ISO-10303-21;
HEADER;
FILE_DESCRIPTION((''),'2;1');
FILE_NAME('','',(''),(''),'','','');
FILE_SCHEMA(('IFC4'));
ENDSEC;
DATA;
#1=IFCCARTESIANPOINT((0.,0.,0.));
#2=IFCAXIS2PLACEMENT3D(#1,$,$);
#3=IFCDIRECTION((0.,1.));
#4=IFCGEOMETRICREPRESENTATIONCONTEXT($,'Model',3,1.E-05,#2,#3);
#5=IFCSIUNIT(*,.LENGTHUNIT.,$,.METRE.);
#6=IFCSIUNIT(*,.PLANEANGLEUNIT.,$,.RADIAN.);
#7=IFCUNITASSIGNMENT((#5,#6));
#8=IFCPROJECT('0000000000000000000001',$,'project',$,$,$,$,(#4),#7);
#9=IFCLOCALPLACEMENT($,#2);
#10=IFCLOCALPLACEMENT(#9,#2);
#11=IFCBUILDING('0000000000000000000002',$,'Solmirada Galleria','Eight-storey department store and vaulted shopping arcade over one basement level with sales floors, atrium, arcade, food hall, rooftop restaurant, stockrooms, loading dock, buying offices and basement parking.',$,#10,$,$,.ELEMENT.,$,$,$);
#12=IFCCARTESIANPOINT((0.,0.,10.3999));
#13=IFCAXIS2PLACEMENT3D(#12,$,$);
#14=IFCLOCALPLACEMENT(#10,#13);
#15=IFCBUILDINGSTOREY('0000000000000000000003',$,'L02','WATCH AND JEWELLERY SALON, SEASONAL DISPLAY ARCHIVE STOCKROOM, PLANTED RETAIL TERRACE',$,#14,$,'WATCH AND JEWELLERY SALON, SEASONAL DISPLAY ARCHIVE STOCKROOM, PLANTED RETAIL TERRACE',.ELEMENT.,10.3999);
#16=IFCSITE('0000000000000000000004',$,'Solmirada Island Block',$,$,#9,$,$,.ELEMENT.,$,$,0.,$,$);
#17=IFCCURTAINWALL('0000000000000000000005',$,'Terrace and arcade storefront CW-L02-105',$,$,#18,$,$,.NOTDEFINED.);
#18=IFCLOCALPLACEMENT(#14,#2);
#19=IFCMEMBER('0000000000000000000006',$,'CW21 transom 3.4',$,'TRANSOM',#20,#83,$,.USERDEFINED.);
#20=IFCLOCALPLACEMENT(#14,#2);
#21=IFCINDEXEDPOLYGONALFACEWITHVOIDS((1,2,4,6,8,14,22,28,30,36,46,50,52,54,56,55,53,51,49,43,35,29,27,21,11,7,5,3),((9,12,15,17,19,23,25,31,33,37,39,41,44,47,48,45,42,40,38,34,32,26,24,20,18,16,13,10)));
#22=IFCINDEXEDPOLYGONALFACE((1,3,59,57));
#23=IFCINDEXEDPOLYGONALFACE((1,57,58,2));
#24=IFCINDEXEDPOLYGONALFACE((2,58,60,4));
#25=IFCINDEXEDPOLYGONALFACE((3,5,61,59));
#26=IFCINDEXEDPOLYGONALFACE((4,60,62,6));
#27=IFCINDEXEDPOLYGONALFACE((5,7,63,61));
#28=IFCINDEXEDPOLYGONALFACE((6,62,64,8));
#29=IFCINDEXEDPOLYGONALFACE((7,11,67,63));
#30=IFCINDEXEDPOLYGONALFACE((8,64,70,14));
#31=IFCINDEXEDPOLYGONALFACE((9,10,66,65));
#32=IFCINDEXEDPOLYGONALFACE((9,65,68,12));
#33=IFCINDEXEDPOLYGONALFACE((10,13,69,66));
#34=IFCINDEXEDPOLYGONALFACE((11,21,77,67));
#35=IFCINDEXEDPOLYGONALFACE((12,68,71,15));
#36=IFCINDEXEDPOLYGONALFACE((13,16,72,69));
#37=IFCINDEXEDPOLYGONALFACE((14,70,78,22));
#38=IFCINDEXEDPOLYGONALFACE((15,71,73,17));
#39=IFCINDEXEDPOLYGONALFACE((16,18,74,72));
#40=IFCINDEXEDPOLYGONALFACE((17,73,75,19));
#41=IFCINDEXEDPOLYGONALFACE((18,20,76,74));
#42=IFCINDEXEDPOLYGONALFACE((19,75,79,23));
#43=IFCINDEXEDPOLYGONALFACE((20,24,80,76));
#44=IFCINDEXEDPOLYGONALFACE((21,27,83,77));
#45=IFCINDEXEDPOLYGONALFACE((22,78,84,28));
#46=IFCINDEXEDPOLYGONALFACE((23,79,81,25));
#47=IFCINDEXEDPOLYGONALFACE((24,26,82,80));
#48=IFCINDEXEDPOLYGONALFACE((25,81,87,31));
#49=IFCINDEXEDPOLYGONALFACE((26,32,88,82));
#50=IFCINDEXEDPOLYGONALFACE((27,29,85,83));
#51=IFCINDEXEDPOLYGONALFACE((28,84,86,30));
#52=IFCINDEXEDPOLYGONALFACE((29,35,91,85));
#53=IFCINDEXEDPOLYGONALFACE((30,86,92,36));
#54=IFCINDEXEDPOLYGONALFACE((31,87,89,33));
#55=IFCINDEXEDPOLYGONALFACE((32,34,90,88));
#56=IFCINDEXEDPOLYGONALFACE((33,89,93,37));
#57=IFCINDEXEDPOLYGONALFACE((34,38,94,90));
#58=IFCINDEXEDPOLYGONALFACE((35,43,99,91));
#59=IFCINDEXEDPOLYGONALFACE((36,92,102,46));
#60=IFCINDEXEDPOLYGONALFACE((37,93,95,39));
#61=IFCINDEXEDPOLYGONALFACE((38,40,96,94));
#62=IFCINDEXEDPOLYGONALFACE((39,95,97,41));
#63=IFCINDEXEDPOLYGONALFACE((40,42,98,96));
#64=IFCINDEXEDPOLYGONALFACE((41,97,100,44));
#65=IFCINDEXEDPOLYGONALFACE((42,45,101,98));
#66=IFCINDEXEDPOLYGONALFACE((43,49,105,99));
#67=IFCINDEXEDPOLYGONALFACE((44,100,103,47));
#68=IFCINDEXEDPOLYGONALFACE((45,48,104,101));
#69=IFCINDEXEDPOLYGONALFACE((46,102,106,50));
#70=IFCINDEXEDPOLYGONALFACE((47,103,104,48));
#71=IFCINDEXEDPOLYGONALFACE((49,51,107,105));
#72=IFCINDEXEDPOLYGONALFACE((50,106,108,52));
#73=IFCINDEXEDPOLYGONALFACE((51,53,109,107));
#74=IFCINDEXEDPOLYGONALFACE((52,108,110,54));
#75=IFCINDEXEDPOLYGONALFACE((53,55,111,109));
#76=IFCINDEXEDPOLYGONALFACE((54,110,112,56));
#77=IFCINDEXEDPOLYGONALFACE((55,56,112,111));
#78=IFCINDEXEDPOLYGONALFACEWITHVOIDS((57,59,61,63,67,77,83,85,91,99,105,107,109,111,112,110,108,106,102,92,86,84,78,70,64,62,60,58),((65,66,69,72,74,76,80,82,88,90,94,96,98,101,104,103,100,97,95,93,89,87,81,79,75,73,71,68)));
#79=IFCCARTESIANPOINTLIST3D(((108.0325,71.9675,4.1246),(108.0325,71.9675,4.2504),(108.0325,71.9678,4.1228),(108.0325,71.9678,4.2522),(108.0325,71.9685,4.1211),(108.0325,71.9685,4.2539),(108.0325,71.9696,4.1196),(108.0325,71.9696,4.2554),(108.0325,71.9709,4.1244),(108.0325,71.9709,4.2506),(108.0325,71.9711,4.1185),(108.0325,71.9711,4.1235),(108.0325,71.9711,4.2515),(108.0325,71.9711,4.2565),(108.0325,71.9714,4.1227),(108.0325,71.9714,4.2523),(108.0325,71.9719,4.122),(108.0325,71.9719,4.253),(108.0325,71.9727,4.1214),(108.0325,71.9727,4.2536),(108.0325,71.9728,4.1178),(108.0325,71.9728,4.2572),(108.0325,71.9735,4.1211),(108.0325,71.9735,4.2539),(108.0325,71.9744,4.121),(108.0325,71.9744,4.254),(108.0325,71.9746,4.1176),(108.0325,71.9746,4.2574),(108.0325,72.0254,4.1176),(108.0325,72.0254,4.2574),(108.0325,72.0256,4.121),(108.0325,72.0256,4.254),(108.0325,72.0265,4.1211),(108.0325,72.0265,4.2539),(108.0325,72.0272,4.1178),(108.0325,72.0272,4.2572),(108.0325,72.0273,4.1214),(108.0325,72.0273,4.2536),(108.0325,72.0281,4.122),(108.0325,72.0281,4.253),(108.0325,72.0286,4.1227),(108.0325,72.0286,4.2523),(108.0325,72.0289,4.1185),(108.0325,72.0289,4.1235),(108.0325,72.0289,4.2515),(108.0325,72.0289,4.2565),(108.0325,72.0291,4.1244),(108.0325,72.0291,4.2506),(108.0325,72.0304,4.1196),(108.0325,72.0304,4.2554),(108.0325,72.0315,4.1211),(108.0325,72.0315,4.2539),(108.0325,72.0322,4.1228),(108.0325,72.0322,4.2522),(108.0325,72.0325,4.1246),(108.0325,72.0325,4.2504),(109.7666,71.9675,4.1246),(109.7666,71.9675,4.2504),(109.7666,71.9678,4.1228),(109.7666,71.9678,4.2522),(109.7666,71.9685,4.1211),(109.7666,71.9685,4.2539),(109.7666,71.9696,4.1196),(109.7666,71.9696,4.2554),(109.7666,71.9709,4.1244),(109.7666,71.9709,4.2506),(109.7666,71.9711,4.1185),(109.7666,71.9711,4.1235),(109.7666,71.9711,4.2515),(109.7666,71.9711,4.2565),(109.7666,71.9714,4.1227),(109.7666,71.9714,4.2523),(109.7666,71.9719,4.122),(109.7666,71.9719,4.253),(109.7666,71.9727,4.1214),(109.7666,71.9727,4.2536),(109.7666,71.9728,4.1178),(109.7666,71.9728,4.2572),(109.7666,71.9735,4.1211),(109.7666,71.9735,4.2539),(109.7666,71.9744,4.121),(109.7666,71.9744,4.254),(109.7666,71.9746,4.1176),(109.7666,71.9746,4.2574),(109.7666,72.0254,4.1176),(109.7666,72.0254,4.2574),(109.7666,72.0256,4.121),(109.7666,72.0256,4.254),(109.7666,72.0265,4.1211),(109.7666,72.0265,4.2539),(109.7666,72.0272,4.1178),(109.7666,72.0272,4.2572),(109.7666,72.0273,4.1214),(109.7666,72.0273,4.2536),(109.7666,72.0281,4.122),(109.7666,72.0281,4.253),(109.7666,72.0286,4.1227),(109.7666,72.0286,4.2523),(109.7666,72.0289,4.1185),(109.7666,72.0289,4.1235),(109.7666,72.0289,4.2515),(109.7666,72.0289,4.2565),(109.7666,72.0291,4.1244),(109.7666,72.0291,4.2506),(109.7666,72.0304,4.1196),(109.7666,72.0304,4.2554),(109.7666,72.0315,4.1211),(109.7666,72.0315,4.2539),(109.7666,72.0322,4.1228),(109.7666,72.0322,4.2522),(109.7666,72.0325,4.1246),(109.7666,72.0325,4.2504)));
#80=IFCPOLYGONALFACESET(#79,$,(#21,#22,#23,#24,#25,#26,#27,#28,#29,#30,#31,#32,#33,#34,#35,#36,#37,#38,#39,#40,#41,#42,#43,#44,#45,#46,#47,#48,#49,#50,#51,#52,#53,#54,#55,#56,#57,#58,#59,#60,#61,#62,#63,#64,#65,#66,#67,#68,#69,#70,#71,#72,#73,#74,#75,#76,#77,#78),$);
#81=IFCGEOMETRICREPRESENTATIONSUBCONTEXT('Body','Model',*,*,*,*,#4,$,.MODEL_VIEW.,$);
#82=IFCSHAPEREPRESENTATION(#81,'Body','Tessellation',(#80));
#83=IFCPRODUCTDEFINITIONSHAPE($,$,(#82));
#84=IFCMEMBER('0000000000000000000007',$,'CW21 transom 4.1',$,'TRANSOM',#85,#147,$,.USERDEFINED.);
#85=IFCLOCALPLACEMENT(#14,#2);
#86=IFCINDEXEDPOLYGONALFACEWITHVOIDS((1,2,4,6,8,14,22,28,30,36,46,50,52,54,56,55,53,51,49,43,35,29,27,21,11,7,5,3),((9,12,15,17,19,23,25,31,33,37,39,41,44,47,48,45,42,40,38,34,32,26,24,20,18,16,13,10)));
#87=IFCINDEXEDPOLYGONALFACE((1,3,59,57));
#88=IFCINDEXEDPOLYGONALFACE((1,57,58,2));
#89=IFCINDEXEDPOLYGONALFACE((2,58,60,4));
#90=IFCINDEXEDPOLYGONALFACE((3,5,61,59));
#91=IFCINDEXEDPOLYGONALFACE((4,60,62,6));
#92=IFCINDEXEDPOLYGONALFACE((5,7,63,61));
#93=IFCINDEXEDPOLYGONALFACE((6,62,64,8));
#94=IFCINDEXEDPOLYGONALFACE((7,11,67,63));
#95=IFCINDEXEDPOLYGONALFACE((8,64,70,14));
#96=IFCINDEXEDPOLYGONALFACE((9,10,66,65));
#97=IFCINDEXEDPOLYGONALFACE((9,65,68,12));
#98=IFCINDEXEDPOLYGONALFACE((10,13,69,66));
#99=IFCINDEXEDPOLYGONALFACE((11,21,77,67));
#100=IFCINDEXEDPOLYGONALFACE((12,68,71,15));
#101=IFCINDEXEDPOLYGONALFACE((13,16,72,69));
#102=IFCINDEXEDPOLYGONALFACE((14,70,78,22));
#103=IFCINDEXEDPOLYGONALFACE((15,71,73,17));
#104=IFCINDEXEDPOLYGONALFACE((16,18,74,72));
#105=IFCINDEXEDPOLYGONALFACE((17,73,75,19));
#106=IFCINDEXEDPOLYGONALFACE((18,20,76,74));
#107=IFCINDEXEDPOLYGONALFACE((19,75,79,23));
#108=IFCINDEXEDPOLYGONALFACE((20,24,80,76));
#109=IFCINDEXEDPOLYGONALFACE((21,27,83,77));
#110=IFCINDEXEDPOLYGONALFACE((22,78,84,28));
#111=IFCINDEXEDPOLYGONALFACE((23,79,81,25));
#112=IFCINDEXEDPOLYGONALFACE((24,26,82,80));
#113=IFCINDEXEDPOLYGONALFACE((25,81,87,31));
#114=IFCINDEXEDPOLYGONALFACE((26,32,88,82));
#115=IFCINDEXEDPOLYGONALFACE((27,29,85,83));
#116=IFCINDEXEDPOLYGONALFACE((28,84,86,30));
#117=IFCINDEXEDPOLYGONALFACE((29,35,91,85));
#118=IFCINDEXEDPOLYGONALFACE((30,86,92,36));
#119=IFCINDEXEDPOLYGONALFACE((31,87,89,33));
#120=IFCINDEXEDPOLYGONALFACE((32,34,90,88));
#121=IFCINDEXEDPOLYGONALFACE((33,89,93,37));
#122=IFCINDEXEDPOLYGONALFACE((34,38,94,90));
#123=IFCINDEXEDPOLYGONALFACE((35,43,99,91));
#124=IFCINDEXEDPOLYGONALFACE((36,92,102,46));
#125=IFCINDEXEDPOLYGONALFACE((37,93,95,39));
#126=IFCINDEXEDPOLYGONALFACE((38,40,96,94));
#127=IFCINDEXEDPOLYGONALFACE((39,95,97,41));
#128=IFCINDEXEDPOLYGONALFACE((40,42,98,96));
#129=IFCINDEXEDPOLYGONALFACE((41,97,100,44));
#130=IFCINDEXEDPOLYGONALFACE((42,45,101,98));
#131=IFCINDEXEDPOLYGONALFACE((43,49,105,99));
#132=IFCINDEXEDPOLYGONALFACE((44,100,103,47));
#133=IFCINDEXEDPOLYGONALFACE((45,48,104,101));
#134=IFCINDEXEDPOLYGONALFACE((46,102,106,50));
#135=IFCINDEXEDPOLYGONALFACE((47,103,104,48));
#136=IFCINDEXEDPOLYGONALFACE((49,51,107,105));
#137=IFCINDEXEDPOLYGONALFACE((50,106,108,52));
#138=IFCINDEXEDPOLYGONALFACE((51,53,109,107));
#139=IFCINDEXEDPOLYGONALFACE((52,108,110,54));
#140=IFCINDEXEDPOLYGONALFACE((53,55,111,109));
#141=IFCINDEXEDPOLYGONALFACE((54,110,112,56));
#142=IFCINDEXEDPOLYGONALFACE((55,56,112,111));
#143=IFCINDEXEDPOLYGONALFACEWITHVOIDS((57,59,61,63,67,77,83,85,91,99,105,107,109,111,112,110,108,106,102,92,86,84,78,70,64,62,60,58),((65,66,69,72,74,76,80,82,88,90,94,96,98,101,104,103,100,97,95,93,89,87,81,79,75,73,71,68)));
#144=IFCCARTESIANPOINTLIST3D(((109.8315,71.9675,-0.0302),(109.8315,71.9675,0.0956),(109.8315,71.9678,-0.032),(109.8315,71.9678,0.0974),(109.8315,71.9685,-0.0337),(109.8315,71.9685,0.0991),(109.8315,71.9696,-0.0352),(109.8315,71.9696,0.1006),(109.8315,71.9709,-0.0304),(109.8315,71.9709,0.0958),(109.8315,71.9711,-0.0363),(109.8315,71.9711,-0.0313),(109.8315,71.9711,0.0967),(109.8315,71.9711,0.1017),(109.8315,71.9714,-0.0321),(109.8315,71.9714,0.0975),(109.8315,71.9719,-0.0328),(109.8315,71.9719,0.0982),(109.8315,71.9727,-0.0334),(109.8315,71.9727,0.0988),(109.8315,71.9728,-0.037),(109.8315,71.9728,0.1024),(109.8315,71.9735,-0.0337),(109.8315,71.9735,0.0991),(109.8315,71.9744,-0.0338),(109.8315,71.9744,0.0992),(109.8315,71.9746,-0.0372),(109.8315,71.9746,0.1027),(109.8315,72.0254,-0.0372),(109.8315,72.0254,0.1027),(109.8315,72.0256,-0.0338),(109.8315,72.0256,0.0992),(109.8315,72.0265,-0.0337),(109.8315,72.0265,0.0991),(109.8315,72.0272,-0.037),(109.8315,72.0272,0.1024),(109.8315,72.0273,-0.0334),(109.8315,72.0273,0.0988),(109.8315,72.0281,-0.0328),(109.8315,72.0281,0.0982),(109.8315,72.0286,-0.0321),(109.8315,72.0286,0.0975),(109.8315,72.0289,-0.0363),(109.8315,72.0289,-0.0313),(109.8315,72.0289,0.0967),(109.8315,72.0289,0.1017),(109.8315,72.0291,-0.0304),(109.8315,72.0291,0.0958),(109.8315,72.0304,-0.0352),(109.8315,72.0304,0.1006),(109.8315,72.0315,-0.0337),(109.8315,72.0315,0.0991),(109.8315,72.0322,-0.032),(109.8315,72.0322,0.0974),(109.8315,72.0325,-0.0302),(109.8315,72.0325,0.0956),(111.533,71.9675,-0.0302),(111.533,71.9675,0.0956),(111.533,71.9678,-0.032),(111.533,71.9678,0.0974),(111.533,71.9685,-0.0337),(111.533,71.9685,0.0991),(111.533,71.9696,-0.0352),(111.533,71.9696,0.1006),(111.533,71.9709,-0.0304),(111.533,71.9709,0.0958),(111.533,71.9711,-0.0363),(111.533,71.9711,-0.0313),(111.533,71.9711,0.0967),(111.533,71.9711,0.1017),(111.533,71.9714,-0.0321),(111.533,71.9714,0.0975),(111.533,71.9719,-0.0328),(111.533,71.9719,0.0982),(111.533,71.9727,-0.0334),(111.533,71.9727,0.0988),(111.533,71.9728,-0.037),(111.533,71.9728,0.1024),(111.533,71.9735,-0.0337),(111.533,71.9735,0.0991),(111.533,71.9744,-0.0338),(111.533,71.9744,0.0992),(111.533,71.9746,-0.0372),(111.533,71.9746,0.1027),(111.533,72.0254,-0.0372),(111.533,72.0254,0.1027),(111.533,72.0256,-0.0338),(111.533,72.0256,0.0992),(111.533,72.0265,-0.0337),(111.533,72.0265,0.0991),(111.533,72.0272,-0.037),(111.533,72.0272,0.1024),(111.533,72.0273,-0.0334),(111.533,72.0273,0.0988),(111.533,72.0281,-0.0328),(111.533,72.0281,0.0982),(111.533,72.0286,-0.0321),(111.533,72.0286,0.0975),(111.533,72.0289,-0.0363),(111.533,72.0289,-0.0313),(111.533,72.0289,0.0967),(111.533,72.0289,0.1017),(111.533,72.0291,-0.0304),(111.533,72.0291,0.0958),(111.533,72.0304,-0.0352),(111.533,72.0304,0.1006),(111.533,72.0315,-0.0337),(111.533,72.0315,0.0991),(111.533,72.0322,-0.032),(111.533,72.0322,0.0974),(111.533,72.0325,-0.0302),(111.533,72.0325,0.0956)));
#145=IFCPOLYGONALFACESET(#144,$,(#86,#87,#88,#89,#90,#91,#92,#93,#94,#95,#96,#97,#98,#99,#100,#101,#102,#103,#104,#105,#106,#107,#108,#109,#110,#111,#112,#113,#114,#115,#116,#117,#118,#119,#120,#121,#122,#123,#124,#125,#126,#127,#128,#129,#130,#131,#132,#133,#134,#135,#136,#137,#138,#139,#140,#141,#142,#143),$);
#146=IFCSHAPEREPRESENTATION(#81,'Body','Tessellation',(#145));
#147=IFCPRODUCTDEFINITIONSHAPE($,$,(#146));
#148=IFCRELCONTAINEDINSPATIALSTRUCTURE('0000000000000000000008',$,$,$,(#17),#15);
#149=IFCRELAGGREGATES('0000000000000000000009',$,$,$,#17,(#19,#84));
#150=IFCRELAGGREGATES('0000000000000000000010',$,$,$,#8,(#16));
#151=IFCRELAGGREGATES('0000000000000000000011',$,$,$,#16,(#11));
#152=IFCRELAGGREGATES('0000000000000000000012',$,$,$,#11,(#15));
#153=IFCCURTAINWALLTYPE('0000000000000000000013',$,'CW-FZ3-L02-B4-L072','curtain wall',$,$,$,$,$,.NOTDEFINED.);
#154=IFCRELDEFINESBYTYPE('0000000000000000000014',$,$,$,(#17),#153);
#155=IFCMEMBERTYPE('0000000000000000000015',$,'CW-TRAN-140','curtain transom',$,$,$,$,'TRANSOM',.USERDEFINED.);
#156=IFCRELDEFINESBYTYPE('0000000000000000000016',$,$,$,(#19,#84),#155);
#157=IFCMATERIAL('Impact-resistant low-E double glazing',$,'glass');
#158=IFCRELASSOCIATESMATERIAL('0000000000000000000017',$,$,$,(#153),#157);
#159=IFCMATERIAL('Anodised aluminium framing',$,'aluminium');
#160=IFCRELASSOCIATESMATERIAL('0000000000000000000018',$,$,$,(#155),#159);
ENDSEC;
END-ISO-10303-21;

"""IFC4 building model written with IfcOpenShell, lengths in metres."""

from ifc_helpers import new_model, si_unit, direction, frame, origin, origin_2d, place, context, subcontext, project, spatial, hollow_rectangle, extrude, material, material_profile, profile_set, type_object, element, aggregate, save


model = new_model("IFC4")

# Units and contexts
model_context = context("Model", 3, precision=1e-05, world=origin(), true_north=direction((0.0, 1.0)))
body_context = subcontext(model_context, "Body", "Model", "MODEL_VIEW")
ifc_project = project(units=[si_unit("LENGTHUNIT", "METRE"), si_unit("PLANEANGLEUNIT", "RADIAN")], contexts=[model_context])

# Site, building, storey
site_placement = place(None, origin())
site = spatial("IfcSite", under=ifc_project, at=site_placement, Name="Solmirada Island Block", CompositionType="ELEMENT", RefElevation=0.0)
building_placement = place(site_placement, origin())
building = spatial("IfcBuilding", under=site, at=building_placement, Name="Solmirada Galleria", Description="Eight-storey department store and vaulted shopping arcade over one basement level with sales floors, atrium, arcade, food hall, rooftop restaurant, stockrooms, loading dock, buying offices and basement parking.", CompositionType="ELEMENT")
storey_placement = place(building_placement, frame((0.0, 0.0, 10.3999)))
storey = spatial("IfcBuildingStorey", under=building, at=storey_placement, Name="L02", Description="WATCH AND JEWELLERY SALON, SEASONAL DISPLAY ARCHIVE STOCKROOM, PLANTED RETAIL TERRACE", LongName="WATCH AND JEWELLERY SALON, SEASONAL DISPLAY ARCHIVE STOCKROOM, PLANTED RETAIL TERRACE", CompositionType="ELEMENT", Elevation=10.3999)

# Curtain wall
ifc_material_1 = material(Name="Impact-resistant low-E double glazing", Category="glass")
ifc_material_2 = material(Name="Anodised aluminium framing", Category="aluminium")
curtain_wall_type_1 = type_object("IfcCurtainWallType", Name="CW-FZ3-L02-B4-L072", Description="curtain wall", PredefinedType="NOTDEFINED", material=ifc_material_1)
curtain_wall_1_placement = place(storey_placement, origin())
curtain_wall_1 = element("IfcCurtainWall", 1, at=curtain_wall_1_placement, inside=storey, type_object=curtain_wall_type_1, Name="Terrace and arcade storefront CW-L02-105", PredefinedType="NOTDEFINED")

# Members
ifc_material_profile_1 = material_profile(ifc_material_2, hollow_rectangle(XDim=0.0649, YDim=0.1399, WallThickness=0.0034, InnerFilletRadius=0.0034, OuterFilletRadius=0.0071, at=origin_2d()), Name="ALU-TRAN-140X65")
ifc_profile_set_1 = profile_set([ifc_material_profile_1], Name="Anodised aluminium framing")
member_type_1 = type_object("IfcMemberType", Name="CW-TRAN-140", Description="curtain transom", ElementType="TRANSOM", PredefinedType="USERDEFINED", material=ifc_profile_set_1)
member_1_placement = place(storey_placement, frame((108.0325, 72.0, 4.1875), z_axis=(1.0, 0.0, 0.0), x_axis=(0.0, 1.0, 0.0)))
member_1 = element("IfcMember", 2, at=member_1_placement, type_object=member_type_1, Name="CW21 transom 3.4", ObjectType="TRANSOM", PredefinedType="USERDEFINED", context=body_context, shape_type="SweptSolid", body=[
    extrude(hollow_rectangle(XDim=0.0649, YDim=0.1399, WallThickness=0.0034, InnerFilletRadius=0.0034, OuterFilletRadius=0.0071, at=origin_2d()), origin(), (0.0, 0.0, 1.0), 1.7341),
])
member_2_placement = place(storey_placement, frame((109.8315, 72.0, 0.0327), z_axis=(1.0, 0.0, 0.0), x_axis=(0.0, 1.0, 0.0)))
member_2 = element("IfcMember", 3, at=member_2_placement, type_object=member_type_1, Name="CW21 transom 4.1", ObjectType="TRANSOM", PredefinedType="USERDEFINED", context=body_context, shape_type="SweptSolid", body=[
    extrude(hollow_rectangle(XDim=0.0649, YDim=0.1399, WallThickness=0.0034, InnerFilletRadius=0.0034, OuterFilletRadius=0.0071, at=origin_2d()), origin(), (0.0, 0.0, 1.0), 1.7014),
])

aggregate(curtain_wall_1, [member_1, member_2])

save(model, "model.ifc")
